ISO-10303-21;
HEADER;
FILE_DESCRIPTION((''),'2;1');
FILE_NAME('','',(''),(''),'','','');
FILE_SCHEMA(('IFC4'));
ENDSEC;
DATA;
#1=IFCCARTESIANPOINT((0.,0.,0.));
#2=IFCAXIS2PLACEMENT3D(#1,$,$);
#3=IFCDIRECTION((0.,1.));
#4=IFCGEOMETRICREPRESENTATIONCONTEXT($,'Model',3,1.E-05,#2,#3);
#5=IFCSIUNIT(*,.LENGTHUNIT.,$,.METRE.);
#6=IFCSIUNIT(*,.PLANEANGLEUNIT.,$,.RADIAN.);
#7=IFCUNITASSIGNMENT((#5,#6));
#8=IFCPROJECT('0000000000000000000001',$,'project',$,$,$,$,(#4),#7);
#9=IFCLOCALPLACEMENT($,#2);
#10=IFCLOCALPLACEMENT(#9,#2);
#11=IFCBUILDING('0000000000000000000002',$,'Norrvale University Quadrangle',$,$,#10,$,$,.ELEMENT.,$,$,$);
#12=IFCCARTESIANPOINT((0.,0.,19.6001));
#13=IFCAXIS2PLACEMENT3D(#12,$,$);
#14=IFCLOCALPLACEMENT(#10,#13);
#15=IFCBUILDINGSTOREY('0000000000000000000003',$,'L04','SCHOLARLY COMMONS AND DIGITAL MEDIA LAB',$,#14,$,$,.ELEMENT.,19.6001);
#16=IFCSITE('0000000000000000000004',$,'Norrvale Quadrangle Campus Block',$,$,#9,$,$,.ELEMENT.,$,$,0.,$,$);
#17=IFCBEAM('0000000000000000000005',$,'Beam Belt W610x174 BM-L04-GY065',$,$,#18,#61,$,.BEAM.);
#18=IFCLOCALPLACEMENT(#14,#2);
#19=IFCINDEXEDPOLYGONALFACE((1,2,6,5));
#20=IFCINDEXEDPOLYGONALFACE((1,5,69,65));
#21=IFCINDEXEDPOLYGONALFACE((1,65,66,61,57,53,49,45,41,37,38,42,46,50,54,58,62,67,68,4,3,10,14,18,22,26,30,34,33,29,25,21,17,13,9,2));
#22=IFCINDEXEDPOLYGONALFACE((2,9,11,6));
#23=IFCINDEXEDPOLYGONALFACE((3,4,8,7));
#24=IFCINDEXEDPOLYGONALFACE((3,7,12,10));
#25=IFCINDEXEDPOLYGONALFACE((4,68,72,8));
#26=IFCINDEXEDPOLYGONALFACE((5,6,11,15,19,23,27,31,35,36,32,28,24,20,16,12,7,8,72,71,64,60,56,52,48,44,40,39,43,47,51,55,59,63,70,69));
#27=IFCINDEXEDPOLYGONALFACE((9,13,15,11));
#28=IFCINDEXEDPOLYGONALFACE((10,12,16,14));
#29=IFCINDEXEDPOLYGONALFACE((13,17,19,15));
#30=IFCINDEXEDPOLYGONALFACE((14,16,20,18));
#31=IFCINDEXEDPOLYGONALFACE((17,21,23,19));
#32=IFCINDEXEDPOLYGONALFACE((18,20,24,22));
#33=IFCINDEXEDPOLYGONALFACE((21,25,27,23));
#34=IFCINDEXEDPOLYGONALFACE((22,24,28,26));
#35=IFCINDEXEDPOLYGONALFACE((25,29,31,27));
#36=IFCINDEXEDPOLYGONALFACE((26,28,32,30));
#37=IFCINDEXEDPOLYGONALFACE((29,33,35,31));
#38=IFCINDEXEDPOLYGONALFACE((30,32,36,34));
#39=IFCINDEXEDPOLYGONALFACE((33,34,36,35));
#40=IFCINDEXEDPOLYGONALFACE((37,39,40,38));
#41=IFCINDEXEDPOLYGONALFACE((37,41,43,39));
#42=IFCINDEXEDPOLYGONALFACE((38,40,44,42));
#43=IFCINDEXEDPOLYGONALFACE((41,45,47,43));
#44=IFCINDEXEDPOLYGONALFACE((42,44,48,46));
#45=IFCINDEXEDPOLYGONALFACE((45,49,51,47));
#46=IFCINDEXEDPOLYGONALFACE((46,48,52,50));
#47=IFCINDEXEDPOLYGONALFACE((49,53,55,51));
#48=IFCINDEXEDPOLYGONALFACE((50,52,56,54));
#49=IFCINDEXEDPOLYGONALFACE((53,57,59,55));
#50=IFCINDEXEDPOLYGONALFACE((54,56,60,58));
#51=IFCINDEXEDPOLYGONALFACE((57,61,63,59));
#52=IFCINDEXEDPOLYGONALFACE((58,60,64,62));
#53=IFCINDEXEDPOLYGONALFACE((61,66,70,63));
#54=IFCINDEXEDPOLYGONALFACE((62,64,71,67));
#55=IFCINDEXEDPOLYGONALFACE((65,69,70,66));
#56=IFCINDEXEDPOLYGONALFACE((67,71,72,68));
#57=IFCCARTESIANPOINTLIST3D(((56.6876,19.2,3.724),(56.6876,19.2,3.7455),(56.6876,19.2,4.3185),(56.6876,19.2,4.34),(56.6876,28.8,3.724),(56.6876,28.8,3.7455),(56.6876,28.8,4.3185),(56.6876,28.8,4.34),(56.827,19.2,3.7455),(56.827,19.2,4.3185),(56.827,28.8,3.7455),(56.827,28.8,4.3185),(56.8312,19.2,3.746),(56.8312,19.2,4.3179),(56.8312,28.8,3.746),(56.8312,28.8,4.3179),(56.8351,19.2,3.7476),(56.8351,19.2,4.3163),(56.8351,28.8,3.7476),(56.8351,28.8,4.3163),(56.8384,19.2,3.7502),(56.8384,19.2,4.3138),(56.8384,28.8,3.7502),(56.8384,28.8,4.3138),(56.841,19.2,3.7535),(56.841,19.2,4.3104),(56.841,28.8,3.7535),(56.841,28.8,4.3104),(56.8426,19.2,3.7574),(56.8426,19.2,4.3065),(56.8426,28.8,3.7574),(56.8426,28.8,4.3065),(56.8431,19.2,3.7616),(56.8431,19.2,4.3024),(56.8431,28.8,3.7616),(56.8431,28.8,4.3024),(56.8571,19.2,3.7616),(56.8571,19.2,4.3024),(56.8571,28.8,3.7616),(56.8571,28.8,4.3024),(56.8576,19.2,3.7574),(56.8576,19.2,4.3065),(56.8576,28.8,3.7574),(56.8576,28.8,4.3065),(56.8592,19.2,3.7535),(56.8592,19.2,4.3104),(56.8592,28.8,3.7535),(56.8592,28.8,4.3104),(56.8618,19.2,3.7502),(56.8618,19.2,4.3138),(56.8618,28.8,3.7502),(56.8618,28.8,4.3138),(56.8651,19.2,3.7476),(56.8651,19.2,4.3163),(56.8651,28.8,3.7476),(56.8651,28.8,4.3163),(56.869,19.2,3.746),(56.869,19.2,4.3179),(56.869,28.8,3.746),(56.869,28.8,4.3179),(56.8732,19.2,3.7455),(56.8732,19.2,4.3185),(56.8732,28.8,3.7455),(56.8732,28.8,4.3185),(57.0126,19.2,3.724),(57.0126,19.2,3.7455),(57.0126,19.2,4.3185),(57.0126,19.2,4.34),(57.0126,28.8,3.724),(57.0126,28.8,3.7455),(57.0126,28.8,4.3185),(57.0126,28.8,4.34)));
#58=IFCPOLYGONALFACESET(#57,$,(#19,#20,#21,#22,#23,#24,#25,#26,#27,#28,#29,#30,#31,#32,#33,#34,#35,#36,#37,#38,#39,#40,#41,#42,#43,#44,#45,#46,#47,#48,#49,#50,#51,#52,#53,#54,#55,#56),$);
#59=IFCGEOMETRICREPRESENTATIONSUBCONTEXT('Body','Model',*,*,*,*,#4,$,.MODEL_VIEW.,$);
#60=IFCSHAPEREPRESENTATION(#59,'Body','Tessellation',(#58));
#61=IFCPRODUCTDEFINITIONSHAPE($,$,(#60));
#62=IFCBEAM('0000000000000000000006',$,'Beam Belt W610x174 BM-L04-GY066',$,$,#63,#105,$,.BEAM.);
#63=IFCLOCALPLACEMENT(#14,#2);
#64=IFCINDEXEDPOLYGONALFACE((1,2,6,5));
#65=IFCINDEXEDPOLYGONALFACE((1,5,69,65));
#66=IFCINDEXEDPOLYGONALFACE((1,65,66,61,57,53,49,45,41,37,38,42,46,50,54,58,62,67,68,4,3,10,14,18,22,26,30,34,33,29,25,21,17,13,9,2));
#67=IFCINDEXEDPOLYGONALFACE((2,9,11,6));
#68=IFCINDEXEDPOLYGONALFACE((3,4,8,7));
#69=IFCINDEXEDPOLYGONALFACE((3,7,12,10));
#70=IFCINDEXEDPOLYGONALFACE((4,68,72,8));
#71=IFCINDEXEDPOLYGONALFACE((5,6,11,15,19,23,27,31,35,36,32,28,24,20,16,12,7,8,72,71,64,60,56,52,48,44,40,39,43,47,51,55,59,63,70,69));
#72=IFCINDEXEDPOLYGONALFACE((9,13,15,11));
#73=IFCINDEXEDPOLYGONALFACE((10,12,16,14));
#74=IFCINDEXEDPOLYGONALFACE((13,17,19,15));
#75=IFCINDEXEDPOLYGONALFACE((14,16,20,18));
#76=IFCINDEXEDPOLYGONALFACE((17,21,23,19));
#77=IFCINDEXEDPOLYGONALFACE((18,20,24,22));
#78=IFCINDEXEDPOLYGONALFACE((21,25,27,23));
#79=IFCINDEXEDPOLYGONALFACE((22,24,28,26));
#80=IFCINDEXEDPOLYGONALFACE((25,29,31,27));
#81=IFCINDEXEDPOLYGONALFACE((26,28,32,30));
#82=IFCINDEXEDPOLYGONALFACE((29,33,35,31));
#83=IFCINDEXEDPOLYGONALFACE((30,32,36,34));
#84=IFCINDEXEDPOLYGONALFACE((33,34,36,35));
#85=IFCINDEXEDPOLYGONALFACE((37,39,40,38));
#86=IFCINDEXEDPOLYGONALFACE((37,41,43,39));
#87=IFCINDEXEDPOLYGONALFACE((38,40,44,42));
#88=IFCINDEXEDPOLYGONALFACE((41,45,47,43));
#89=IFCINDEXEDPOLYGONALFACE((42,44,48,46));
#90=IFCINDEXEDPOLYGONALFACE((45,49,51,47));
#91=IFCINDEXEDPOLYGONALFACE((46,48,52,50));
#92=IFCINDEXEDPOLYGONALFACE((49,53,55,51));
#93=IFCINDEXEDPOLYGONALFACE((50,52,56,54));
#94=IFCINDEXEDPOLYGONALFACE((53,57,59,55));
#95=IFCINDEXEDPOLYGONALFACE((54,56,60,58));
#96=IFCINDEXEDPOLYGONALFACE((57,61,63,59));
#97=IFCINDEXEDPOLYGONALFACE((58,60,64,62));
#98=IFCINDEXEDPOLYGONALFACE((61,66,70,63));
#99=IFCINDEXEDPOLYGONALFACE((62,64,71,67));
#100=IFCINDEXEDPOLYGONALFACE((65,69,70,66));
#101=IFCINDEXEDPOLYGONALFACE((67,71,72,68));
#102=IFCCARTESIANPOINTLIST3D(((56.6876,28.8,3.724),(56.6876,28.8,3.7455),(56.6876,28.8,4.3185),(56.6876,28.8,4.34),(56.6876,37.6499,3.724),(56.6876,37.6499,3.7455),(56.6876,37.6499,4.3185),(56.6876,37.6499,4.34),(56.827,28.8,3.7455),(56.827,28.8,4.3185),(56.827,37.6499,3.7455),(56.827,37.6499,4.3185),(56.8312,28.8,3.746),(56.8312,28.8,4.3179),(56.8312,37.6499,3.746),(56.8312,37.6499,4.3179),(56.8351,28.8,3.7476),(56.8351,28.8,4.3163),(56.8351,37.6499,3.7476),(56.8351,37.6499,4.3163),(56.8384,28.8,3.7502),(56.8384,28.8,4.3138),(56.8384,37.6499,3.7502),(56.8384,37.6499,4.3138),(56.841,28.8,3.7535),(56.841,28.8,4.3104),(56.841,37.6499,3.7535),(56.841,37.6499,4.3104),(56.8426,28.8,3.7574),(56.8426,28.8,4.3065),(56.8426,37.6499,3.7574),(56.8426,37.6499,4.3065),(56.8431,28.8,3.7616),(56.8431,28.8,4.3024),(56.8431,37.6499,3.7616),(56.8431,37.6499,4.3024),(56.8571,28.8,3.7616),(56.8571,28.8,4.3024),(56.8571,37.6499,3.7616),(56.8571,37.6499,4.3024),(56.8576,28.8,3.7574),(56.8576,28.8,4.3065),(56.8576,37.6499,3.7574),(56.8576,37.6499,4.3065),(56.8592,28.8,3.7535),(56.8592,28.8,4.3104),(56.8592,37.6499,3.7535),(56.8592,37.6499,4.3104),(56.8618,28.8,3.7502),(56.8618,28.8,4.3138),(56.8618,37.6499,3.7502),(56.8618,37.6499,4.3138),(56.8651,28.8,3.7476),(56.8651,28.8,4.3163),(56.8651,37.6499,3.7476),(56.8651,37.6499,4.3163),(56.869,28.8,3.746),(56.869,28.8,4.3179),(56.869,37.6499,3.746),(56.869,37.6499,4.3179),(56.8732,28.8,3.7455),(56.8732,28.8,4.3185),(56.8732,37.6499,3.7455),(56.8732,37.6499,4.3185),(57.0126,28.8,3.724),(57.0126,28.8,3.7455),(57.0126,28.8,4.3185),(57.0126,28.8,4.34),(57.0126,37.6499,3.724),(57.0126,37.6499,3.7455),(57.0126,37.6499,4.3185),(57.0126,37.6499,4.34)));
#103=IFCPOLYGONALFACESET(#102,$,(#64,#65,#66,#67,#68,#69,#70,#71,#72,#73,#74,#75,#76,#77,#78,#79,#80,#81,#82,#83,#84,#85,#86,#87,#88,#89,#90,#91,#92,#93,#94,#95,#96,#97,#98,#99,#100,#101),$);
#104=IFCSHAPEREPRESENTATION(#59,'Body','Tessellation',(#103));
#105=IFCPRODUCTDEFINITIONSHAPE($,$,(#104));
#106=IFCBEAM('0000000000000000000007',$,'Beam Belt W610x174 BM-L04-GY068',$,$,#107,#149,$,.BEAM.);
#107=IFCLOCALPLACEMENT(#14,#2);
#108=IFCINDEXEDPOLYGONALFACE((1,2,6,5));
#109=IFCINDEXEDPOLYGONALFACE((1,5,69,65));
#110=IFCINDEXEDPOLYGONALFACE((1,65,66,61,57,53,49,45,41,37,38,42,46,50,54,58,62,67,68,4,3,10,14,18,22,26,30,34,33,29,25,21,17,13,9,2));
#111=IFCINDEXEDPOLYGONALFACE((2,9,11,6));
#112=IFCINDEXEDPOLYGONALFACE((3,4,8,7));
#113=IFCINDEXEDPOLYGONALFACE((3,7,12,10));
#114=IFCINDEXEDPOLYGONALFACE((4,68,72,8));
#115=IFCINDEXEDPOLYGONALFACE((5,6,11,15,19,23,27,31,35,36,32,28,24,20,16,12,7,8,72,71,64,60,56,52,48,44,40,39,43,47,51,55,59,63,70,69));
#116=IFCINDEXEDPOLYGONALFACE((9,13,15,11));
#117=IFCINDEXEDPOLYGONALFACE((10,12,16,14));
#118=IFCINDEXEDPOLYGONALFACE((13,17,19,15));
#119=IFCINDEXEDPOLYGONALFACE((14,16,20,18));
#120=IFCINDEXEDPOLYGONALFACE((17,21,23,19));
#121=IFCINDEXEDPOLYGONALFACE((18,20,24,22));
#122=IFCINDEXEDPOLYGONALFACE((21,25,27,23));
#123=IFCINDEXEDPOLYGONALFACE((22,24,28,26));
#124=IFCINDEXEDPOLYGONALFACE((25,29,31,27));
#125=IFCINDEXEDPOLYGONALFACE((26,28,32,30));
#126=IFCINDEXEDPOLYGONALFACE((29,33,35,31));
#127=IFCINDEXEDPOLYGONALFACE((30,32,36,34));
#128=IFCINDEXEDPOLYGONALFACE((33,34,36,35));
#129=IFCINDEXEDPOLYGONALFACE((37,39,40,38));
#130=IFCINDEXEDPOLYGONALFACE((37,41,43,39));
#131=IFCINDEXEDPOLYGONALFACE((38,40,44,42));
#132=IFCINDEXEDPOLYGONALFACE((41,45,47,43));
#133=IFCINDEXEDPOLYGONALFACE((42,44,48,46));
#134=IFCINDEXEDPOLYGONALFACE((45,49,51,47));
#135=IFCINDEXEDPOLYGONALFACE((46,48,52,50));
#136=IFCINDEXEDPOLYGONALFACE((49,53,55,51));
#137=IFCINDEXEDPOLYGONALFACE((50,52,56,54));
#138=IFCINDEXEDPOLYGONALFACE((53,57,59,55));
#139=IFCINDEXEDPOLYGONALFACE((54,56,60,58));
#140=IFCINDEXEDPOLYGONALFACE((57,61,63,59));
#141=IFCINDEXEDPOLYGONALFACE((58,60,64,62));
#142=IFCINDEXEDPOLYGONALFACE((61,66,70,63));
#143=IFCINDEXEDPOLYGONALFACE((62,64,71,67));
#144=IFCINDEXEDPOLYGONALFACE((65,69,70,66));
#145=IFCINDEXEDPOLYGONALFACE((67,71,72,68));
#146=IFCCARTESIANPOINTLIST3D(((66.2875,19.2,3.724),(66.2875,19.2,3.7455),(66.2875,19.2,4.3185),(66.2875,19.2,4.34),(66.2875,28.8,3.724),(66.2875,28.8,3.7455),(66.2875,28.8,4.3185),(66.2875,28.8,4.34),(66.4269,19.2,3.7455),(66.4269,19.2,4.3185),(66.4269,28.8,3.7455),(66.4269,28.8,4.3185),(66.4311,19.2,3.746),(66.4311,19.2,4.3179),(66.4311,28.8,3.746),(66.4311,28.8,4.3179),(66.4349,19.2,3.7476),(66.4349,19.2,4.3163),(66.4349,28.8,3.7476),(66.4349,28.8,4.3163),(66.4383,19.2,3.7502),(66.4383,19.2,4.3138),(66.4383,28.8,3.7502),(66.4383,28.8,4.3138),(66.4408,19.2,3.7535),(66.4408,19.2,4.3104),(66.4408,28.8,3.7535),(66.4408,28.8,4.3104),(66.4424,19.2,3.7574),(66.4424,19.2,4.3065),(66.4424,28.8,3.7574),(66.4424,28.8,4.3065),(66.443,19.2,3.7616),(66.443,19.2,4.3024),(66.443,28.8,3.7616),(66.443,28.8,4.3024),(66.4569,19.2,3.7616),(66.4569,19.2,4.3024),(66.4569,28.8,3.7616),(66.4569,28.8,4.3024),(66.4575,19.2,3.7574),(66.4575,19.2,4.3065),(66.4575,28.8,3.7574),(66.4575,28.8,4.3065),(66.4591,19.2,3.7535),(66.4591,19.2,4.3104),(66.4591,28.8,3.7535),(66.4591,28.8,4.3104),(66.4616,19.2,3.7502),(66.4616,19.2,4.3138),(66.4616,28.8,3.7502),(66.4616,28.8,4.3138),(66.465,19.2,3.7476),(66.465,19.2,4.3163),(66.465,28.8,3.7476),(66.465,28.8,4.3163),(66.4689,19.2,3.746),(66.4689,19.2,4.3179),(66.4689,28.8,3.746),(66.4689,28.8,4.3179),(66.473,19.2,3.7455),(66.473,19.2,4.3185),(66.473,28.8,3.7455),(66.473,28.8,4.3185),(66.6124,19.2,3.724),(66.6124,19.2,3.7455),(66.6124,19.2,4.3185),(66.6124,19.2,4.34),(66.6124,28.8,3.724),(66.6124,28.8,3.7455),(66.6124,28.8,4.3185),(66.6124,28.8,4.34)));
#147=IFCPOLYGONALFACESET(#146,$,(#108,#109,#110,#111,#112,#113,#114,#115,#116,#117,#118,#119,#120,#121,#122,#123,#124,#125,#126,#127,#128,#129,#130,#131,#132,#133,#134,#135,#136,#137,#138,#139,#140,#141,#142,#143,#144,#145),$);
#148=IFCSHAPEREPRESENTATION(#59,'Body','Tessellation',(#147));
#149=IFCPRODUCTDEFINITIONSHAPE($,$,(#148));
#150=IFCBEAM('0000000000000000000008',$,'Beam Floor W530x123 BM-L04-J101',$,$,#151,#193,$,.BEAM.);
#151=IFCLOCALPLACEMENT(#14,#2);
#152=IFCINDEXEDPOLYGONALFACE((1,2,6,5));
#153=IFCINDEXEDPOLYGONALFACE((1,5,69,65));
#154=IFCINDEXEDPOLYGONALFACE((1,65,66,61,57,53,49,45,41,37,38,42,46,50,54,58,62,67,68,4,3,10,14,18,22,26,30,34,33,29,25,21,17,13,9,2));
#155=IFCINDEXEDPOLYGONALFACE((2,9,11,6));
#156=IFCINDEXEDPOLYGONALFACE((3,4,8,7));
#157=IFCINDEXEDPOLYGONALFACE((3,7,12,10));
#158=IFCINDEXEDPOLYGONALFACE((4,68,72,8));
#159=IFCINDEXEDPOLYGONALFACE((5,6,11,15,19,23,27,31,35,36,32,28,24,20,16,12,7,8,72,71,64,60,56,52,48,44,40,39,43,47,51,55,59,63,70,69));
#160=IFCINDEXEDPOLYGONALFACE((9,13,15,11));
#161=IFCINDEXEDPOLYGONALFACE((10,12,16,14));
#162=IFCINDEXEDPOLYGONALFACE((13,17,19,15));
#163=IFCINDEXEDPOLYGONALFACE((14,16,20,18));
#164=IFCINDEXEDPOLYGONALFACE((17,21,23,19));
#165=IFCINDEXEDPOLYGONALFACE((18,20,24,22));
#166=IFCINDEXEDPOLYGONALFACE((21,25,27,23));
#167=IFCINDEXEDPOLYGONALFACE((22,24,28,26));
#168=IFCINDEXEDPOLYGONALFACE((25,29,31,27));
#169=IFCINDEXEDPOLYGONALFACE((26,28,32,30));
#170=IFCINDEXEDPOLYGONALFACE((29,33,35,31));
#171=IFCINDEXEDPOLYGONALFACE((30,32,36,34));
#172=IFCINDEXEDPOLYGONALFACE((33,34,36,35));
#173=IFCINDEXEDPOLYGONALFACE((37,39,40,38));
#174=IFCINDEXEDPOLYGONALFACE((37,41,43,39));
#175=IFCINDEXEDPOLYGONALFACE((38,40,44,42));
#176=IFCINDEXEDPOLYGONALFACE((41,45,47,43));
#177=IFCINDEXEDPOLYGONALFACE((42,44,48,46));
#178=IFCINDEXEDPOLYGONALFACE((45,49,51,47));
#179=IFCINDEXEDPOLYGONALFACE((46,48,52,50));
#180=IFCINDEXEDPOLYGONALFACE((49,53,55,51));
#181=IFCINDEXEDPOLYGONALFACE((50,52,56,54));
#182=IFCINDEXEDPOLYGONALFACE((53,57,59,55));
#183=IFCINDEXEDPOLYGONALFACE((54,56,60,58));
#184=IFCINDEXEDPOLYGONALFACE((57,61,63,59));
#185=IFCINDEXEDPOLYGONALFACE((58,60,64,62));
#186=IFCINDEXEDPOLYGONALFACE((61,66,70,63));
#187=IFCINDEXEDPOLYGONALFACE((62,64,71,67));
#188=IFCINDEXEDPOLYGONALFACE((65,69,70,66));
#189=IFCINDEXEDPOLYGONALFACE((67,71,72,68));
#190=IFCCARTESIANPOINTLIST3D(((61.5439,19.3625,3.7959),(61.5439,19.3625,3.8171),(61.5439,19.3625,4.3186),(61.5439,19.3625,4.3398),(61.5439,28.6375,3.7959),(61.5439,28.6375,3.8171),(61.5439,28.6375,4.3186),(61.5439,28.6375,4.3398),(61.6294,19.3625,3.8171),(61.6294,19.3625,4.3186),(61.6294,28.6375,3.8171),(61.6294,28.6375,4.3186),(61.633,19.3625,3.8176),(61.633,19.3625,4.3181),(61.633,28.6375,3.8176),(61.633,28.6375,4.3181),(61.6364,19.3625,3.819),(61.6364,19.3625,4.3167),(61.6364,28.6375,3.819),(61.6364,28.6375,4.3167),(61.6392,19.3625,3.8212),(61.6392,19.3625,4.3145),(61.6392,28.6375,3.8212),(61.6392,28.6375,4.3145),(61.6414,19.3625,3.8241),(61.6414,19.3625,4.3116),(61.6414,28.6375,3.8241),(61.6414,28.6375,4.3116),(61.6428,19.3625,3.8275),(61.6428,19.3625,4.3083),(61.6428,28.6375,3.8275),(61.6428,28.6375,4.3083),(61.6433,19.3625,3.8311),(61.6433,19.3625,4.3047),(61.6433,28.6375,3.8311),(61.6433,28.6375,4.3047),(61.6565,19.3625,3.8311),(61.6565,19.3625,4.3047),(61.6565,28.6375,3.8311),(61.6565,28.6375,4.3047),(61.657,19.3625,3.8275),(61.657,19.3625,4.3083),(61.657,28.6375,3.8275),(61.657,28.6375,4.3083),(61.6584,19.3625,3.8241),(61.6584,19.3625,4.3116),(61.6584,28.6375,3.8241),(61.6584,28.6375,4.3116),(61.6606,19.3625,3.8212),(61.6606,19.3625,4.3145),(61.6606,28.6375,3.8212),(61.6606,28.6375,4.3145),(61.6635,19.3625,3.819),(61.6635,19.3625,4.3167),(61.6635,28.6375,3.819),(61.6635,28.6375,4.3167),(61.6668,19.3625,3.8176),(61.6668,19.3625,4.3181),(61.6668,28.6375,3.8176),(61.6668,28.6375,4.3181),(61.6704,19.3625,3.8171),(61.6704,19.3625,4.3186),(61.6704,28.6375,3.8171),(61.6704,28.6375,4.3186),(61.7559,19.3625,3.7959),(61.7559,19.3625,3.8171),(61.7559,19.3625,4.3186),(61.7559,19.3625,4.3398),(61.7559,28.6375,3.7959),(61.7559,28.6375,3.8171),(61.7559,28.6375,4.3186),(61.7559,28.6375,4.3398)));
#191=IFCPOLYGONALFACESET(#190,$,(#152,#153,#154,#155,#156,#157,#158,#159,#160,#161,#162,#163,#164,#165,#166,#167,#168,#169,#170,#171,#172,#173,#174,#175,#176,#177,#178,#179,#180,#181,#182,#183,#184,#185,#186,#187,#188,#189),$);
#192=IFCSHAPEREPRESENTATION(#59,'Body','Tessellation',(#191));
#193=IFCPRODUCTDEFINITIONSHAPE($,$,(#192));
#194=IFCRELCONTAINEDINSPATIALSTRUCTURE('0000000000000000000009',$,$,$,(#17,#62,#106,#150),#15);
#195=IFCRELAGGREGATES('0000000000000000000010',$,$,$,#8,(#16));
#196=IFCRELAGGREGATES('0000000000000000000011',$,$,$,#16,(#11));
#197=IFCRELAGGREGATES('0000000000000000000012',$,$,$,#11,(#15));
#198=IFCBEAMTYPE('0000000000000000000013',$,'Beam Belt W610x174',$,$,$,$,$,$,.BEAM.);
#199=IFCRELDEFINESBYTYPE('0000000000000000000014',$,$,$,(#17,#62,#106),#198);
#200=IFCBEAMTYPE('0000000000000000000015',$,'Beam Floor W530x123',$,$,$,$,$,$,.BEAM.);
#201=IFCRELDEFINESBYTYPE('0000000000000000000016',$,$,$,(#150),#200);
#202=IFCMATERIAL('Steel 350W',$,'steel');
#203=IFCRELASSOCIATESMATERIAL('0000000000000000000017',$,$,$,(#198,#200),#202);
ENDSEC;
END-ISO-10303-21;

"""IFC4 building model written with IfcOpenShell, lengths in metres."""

from ifc_helpers import new_model, si_unit, direction, frame, origin, origin_2d, place, context, subcontext, project, spatial, i_section, extrude, material, material_profile, profile_set, type_object, element, save


model = new_model("IFC4")

# Units and contexts
model_context = context("Model", 3, precision=1e-05, world=origin(), true_north=direction((0.0, 1.0)))
body_context = subcontext(model_context, "Body", "Model", "MODEL_VIEW")
ifc_project = project(units=[si_unit("LENGTHUNIT", "METRE"), si_unit("PLANEANGLEUNIT", "RADIAN")], contexts=[model_context])

# Site, building, storey
site_placement = place(None, origin())
site = spatial("IfcSite", under=ifc_project, at=site_placement, Name="Norrvale Quadrangle Campus Block", CompositionType="ELEMENT", RefElevation=0.0)
building_placement = place(site_placement, origin())
building = spatial("IfcBuilding", under=site, at=building_placement, Name="Norrvale University Quadrangle", CompositionType="ELEMENT")
storey_placement = place(building_placement, frame((0.0, 0.0, 19.6001)))
storey = spatial("IfcBuildingStorey", under=building, at=storey_placement, Name="L04", Description="SCHOLARLY COMMONS AND DIGITAL MEDIA LAB", CompositionType="ELEMENT", Elevation=19.6001)

# Beams
ifc_material_1 = material(Name="Steel 350W", Category="steel")
ifc_material_profile_1 = material_profile(ifc_material_1, i_section(OverallWidth=0.325, OverallDepth=0.616, WebThickness=0.0139, FlangeThickness=0.0215, FilletRadius=0.0161, at=origin_2d()), Name="Steel 350W")
ifc_profile_set_1 = profile_set([ifc_material_profile_1], Name="Steel 350W")
beam_type_1 = type_object("IfcBeamType", Name="Beam Belt W610x174", PredefinedType="BEAM", material=ifc_profile_set_1)
beam_1_placement = place(storey_placement, frame((56.8501, 19.2, 4.032), z_axis=(0.0, 1.0, 0.0), x_axis=(-1.0, 0.0, 0.0)))
element("IfcBeam", 1, at=beam_1_placement, inside=storey, type_object=beam_type_1, Name="Beam Belt W610x174 BM-L04-GY065", PredefinedType="BEAM", context=body_context, shape_type="SweptSolid", body=[
    extrude(i_section(OverallWidth=0.325, OverallDepth=0.616, WebThickness=0.0139, FlangeThickness=0.0215, FilletRadius=0.0161, at=origin_2d()), origin(), (0.0, 0.0, 1.0), 9.6001),
])
beam_2_placement = place(storey_placement, frame((56.8501, 28.8, 4.032), z_axis=(0.0, 1.0, 0.0), x_axis=(-1.0, 0.0, 0.0)))
element("IfcBeam", 2, at=beam_2_placement, inside=storey, type_object=beam_type_1, Name="Beam Belt W610x174 BM-L04-GY066", PredefinedType="BEAM", context=body_context, shape_type="SweptSolid", body=[
    extrude(i_section(OverallWidth=0.325, OverallDepth=0.616, WebThickness=0.0139, FlangeThickness=0.0215, FilletRadius=0.0161, at=origin_2d()), origin(), (0.0, 0.0, 1.0), 8.8499),
])
beam_3_placement = place(storey_placement, frame((66.45, 19.2, 4.032), z_axis=(0.0, 1.0, 0.0), x_axis=(-1.0, 0.0, 0.0)))
element("IfcBeam", 3, at=beam_3_placement, inside=storey, type_object=beam_type_1, Name="Beam Belt W610x174 BM-L04-GY068", PredefinedType="BEAM", context=body_context, shape_type="SweptSolid", body=[
    extrude(i_section(OverallWidth=0.325, OverallDepth=0.616, WebThickness=0.0139, FlangeThickness=0.0215, FilletRadius=0.0161, at=origin_2d()), origin(), (0.0, 0.0, 1.0), 9.6001),
])
ifc_material_profile_2 = material_profile(ifc_material_1, i_section(OverallWidth=0.2119, OverallDepth=0.5439, WebThickness=0.0132, FlangeThickness=0.0212, FilletRadius=0.0139, at=origin_2d()), Name="Steel 350W")
ifc_profile_set_2 = profile_set([ifc_material_profile_2], Name="Steel 350W")
beam_type_2 = type_object("IfcBeamType", Name="Beam Floor W530x123", PredefinedType="BEAM", material=ifc_profile_set_2)
beam_4_placement = place(storey_placement, frame((61.6499, 19.3625, 4.0679), z_axis=(0.0, 1.0, 0.0), x_axis=(-1.0, 0.0, 0.0)))
element("IfcBeam", 4, at=beam_4_placement, inside=storey, type_object=beam_type_2, Name="Beam Floor W530x123 BM-L04-J101", PredefinedType="BEAM", context=body_context, shape_type="SweptSolid", body=[
    extrude(i_section(OverallWidth=0.2119, OverallDepth=0.5439, WebThickness=0.0132, FlangeThickness=0.0212, FilletRadius=0.0139, at=origin_2d()), origin(), (0.0, 0.0, 1.0), 9.2749),
])

save(model, "model.ifc")
